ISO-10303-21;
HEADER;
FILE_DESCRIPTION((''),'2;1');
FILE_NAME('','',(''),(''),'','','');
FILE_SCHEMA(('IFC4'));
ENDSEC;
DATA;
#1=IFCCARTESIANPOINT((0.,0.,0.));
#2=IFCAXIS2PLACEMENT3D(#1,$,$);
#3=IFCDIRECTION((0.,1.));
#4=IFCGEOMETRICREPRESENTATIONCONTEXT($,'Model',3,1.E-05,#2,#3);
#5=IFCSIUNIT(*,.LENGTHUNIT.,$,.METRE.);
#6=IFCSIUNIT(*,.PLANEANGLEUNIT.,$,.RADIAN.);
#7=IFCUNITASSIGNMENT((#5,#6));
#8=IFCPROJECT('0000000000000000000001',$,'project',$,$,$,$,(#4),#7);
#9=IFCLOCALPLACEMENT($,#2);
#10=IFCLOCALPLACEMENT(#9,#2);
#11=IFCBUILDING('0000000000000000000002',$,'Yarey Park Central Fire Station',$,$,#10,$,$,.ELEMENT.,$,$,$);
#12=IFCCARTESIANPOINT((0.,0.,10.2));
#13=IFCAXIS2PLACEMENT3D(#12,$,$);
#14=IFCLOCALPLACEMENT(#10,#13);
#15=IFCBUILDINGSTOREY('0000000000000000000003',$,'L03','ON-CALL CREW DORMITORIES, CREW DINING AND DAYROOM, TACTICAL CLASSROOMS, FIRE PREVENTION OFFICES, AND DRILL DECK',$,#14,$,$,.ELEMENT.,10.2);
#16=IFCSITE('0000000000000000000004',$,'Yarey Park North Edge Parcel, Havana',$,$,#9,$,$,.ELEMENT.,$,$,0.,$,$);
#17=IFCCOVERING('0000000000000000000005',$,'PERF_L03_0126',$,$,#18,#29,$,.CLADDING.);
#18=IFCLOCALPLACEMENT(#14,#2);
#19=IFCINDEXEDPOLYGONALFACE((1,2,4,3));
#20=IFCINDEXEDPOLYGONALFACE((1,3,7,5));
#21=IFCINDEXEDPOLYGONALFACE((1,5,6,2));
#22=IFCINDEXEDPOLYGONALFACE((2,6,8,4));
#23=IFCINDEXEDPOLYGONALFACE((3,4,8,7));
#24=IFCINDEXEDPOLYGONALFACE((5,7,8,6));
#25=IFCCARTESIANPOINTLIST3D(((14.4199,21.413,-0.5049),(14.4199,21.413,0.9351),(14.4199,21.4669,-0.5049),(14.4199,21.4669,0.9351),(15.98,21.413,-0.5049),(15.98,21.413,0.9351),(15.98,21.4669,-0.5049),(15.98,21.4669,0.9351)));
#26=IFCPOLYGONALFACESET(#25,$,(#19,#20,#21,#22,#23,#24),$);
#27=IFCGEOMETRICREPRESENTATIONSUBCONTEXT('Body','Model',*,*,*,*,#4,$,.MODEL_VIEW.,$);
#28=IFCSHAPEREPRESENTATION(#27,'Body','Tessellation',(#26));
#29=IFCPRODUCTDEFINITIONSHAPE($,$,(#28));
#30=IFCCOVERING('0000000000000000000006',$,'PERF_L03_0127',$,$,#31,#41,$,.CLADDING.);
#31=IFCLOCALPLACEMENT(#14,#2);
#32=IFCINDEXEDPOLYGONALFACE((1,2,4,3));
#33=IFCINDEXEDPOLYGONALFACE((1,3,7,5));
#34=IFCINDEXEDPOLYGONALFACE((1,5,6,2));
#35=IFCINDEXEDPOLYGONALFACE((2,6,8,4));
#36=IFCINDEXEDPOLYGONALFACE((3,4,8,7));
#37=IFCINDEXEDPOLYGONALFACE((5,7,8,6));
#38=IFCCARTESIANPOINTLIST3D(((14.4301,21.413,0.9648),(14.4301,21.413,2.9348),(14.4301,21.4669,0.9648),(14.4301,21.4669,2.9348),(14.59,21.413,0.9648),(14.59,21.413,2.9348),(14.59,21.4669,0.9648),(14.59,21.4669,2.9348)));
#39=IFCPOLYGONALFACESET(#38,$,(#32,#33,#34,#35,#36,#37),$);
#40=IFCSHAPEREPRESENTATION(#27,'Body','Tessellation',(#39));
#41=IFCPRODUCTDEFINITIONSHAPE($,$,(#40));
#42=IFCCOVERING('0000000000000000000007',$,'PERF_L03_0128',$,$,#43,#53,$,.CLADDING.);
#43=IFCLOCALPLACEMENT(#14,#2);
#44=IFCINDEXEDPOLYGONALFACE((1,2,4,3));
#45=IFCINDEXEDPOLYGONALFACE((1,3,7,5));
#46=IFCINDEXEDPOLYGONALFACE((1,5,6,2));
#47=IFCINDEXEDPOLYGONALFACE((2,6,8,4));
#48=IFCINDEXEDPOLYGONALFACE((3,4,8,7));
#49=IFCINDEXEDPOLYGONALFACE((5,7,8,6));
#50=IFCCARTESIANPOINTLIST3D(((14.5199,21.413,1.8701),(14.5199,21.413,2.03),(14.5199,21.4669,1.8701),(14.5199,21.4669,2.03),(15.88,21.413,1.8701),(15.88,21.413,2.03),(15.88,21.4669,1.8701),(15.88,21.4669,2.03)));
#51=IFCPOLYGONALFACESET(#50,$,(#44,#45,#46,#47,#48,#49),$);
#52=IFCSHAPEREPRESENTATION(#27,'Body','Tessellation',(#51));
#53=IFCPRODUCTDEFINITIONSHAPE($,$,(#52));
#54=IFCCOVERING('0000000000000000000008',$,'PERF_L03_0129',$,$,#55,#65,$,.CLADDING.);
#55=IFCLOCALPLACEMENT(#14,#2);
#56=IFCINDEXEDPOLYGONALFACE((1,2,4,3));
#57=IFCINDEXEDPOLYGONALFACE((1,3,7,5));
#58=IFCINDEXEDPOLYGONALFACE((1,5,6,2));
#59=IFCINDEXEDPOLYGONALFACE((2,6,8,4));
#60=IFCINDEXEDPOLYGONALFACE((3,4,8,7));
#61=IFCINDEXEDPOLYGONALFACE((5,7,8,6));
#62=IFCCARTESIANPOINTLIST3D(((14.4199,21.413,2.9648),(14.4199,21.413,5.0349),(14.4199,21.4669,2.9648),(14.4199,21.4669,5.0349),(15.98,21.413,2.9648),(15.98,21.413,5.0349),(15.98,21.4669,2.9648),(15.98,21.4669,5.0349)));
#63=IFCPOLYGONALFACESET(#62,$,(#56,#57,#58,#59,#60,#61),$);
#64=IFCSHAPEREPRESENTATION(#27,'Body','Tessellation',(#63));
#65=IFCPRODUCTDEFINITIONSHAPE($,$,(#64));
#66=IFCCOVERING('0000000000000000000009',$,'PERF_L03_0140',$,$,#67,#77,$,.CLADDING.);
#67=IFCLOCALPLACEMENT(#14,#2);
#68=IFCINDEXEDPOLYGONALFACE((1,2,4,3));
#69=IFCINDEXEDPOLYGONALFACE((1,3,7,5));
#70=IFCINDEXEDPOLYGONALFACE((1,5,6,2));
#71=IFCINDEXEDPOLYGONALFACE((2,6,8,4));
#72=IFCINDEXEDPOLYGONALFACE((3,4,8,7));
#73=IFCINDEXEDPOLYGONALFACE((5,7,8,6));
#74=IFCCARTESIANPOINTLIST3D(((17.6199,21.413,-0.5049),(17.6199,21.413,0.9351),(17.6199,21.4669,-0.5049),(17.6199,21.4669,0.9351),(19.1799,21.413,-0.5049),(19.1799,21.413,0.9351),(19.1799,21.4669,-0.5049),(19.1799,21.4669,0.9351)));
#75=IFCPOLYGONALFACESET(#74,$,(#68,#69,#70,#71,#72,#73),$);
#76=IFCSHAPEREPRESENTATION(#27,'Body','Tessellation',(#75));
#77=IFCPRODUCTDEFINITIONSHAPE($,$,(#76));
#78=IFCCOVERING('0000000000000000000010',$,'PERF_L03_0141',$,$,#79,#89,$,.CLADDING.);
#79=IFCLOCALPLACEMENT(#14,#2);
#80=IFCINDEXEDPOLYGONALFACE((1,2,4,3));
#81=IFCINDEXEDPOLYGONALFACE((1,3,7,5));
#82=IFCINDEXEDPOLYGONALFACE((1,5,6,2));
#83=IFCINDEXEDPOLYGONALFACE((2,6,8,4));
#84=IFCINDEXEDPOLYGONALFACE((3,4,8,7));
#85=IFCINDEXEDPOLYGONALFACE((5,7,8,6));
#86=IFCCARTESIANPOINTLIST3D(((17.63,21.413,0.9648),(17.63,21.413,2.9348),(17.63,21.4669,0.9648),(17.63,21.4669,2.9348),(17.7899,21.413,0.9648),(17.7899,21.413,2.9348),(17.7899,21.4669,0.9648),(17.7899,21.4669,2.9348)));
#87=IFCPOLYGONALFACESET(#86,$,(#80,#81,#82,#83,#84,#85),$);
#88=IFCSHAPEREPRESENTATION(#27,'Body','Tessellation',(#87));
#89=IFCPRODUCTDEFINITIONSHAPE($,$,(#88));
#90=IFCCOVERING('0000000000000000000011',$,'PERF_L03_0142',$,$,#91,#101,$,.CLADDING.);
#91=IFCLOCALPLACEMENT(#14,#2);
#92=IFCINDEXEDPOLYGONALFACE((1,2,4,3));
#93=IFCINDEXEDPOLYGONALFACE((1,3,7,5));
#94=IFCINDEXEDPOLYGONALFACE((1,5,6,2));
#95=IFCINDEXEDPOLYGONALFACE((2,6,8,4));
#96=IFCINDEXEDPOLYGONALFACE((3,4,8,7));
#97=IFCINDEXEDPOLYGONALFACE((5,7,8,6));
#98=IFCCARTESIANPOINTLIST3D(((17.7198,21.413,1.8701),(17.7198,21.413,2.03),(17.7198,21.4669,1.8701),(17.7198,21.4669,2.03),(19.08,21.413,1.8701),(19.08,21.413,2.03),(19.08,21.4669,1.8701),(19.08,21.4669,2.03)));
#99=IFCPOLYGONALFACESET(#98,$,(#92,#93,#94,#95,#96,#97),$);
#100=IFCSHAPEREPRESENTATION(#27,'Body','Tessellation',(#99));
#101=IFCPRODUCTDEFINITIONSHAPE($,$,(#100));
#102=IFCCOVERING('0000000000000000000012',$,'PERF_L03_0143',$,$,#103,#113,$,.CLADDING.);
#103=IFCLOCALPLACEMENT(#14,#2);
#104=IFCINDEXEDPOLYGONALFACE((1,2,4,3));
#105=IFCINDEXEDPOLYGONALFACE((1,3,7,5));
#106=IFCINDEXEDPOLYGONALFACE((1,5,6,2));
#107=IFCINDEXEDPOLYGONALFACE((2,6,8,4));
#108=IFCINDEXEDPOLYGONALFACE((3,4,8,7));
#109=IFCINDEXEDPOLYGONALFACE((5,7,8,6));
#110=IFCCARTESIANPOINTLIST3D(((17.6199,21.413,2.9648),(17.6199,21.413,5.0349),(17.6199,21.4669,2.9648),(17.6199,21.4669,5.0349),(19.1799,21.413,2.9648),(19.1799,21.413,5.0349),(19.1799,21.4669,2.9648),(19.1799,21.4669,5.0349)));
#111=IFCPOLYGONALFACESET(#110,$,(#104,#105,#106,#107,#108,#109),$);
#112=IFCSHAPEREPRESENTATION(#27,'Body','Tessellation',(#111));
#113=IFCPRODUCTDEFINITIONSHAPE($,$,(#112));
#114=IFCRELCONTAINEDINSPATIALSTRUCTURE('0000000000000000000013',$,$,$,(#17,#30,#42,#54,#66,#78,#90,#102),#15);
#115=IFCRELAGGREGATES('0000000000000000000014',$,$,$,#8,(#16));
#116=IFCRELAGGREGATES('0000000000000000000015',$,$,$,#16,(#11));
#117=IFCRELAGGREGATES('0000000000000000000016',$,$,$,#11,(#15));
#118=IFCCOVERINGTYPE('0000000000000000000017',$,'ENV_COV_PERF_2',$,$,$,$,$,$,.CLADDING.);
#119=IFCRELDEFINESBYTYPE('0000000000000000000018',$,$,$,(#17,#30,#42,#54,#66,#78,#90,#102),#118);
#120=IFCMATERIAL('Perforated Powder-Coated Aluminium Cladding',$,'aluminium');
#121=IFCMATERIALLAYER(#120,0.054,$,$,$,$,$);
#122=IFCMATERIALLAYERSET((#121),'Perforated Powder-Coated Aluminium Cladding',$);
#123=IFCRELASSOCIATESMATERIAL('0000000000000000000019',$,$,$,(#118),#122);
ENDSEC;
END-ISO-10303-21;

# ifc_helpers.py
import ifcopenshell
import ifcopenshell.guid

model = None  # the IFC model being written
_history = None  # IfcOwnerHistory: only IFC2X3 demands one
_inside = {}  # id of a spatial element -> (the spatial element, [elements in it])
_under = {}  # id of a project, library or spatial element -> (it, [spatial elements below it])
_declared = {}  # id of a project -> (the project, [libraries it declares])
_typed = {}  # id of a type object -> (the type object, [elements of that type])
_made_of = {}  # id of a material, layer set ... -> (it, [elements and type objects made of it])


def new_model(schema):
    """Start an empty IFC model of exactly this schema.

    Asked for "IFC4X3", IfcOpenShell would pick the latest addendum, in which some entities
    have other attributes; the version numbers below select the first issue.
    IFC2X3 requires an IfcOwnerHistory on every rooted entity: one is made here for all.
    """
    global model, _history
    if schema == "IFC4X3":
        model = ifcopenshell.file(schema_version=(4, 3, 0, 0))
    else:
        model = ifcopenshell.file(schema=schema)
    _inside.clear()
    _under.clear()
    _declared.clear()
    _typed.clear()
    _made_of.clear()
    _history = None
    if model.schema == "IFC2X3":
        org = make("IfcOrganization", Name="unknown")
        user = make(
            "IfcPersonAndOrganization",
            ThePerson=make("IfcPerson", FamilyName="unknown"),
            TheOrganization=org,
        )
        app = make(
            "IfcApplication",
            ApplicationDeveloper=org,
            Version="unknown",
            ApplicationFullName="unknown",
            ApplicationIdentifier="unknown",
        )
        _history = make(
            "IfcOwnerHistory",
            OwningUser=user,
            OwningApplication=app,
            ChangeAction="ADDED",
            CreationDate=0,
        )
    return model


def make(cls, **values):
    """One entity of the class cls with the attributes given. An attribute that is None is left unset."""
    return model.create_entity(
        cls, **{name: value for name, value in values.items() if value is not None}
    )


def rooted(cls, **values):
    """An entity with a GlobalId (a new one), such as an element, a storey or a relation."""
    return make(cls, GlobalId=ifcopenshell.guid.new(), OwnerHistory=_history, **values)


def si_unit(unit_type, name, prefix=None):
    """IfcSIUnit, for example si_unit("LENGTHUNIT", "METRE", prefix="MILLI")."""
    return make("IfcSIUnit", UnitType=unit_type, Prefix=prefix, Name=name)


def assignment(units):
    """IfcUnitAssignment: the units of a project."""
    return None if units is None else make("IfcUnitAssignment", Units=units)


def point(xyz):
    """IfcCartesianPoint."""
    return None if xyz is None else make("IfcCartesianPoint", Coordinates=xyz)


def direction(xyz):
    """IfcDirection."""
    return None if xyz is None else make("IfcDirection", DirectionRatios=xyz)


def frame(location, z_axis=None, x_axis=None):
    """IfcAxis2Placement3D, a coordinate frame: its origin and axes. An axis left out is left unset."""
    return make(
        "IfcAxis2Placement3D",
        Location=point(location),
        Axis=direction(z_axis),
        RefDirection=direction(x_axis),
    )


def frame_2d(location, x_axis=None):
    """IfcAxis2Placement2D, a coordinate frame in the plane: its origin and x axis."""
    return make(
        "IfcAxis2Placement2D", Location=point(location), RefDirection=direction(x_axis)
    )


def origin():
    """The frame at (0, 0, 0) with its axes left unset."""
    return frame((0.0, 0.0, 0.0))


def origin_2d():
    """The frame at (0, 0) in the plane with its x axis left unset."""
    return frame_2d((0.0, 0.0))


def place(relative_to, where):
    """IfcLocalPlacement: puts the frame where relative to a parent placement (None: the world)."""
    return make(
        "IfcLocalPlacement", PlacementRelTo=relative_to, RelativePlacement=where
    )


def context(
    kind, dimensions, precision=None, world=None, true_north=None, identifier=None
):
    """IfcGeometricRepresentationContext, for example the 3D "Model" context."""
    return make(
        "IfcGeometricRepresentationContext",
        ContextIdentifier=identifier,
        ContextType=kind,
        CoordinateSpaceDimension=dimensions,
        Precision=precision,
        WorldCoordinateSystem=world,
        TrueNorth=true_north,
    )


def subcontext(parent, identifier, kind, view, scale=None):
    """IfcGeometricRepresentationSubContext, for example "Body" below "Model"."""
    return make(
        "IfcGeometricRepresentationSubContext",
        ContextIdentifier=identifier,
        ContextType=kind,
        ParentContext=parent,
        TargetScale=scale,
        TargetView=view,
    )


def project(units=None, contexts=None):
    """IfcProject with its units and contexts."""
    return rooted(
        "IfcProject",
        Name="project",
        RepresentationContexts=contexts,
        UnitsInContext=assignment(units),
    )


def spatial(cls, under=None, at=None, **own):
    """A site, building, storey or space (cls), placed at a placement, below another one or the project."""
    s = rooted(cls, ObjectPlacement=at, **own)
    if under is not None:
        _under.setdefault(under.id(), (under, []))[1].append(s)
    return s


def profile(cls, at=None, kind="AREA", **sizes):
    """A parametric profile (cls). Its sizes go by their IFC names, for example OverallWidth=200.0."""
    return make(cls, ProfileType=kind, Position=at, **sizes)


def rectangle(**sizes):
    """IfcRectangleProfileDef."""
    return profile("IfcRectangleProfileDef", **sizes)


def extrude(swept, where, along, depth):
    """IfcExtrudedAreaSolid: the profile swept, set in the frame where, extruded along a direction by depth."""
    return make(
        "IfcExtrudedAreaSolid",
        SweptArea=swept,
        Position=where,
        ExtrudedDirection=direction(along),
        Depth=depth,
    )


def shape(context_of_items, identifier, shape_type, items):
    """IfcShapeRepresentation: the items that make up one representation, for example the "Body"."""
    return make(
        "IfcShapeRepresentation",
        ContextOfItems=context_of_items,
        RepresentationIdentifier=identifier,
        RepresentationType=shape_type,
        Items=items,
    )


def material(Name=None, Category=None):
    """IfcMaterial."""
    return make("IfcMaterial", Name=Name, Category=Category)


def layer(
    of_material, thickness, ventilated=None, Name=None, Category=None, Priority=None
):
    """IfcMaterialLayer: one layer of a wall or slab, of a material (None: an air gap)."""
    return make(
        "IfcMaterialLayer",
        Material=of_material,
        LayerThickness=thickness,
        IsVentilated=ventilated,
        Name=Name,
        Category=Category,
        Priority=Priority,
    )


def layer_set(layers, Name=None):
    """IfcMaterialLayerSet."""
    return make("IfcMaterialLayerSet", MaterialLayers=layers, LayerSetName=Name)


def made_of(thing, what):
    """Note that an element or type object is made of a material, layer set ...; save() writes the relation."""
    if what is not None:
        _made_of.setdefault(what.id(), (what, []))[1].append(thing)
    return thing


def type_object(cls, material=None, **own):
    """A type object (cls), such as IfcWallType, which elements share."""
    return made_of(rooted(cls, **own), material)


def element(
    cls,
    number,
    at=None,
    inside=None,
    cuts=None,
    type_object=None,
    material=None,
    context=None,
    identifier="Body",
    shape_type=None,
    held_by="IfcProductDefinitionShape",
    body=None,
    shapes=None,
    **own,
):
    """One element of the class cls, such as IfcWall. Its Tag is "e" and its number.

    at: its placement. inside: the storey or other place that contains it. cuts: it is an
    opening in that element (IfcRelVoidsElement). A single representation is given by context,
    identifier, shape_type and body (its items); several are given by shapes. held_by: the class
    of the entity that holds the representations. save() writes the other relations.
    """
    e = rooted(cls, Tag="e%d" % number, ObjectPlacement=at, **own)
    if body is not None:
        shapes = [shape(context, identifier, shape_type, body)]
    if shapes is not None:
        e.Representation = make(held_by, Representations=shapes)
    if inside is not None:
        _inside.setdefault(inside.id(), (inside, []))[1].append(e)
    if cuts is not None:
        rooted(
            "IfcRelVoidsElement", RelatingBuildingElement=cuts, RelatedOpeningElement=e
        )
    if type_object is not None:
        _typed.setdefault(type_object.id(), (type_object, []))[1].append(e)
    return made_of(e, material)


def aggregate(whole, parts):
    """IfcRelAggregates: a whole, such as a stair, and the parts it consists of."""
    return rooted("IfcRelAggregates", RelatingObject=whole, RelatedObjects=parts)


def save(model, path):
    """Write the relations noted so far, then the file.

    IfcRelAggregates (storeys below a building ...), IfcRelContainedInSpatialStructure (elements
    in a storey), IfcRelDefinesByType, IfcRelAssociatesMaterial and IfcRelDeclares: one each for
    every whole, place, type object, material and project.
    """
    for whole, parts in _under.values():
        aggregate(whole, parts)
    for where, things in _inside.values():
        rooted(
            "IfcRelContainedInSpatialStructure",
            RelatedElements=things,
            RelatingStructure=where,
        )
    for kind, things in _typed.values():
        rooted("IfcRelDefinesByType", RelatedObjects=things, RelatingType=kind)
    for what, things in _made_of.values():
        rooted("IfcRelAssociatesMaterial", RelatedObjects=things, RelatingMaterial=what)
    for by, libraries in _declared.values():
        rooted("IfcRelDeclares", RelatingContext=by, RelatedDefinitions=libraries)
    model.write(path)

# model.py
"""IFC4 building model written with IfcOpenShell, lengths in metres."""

from ifc_helpers import new_model, si_unit, direction, frame, origin, origin_2d, place, context, subcontext, project, spatial, rectangle, extrude, material, layer, layer_set, type_object, element, save


model = new_model("IFC4")

# Units and contexts
model_context = context("Model", 3, precision=1e-05, world=origin(), true_north=direction((0.0, 1.0)))
body_context = subcontext(model_context, "Body", "Model", "MODEL_VIEW")
ifc_project = project(units=[si_unit("LENGTHUNIT", "METRE"), si_unit("PLANEANGLEUNIT", "RADIAN")], contexts=[model_context])

# Site, building, storey
site_placement = place(None, origin())
site = spatial("IfcSite", under=ifc_project, at=site_placement, Name="Yarey Park North Edge Parcel, Havana", CompositionType="ELEMENT", RefElevation=0.0)
building_placement = place(site_placement, origin())
building = spatial("IfcBuilding", under=site, at=building_placement, Name="Yarey Park Central Fire Station", CompositionType="ELEMENT")
storey_placement = place(building_placement, frame((0.0, 0.0, 10.2)))
storey = spatial("IfcBuildingStorey", under=building, at=storey_placement, Name="L03", Description="ON-CALL CREW DORMITORIES, CREW DINING AND DAYROOM, TACTICAL CLASSROOMS, FIRE PREVENTION OFFICES, AND DRILL DECK", CompositionType="ELEMENT", Elevation=10.2)

# Coverings
ifc_material_1 = material(Name="Perforated Powder-Coated Aluminium Cladding", Category="aluminium")
ifc_layer_1 = layer(ifc_material_1, 0.054)
ifc_layer_set_1 = layer_set([ifc_layer_1], Name="Perforated Powder-Coated Aluminium Cladding")
covering_type_1 = type_object("IfcCoveringType", Name="ENV_COV_PERF_2", PredefinedType="CLADDING", material=ifc_layer_set_1)
covering_1_placement = place(storey_placement, frame((15.2, 21.4399, -0.5049), z_axis=(0.0, 0.0, 1.0), x_axis=(1.0, 0.0, 0.0)))
element("IfcCovering", 1, at=covering_1_placement, inside=storey, type_object=covering_type_1, Name="PERF_L03_0126", PredefinedType="CLADDING", context=body_context, shape_type="SweptSolid", body=[
    extrude(rectangle(XDim=1.5601, YDim=0.054, at=origin_2d()), origin(), (0.0, 0.0, 1.0), 1.4399),
])
covering_2_placement = place(storey_placement, frame((14.51, 21.4399, 0.9648), z_axis=(0.0, 0.0, 1.0), x_axis=(1.0, 0.0, 0.0)))
element("IfcCovering", 2, at=covering_2_placement, inside=storey, type_object=covering_type_1, Name="PERF_L03_0127", PredefinedType="CLADDING", context=body_context, shape_type="SweptSolid", body=[
    extrude(rectangle(XDim=0.1599, YDim=0.054, at=origin_2d()), origin(), (0.0, 0.0, 1.0), 1.97),
])
covering_3_placement = place(storey_placement, frame((15.2, 21.4399, 1.8701), z_axis=(0.0, 0.0, 1.0), x_axis=(1.0, 0.0, 0.0)))
element("IfcCovering", 3, at=covering_3_placement, inside=storey, type_object=covering_type_1, Name="PERF_L03_0128", PredefinedType="CLADDING", context=body_context, shape_type="SweptSolid", body=[
    extrude(rectangle(XDim=1.3601, YDim=0.054, at=origin_2d()), origin(), (0.0, 0.0, 1.0), 0.1599),
])
covering_4_placement = place(storey_placement, frame((15.2, 21.4399, 2.9648), z_axis=(0.0, 0.0, 1.0), x_axis=(1.0, 0.0, 0.0)))
element("IfcCovering", 4, at=covering_4_placement, inside=storey, type_object=covering_type_1, Name="PERF_L03_0129", PredefinedType="CLADDING", context=body_context, shape_type="SweptSolid", body=[
    extrude(rectangle(XDim=1.5601, YDim=0.054, at=origin_2d()), origin(), (0.0, 0.0, 1.0), 2.0701),
])
covering_5_placement = place(storey_placement, frame((18.3999, 21.4399, -0.5049), z_axis=(0.0, 0.0, 1.0), x_axis=(1.0, 0.0, 0.0)))
element("IfcCovering", 5, at=covering_5_placement, inside=storey, type_object=covering_type_1, Name="PERF_L03_0140", PredefinedType="CLADDING", context=body_context, shape_type="SweptSolid", body=[
    extrude(rectangle(XDim=1.5601, YDim=0.054, at=origin_2d()), origin(), (0.0, 0.0, 1.0), 1.4399),
])
covering_6_placement = place(storey_placement, frame((17.71, 21.4399, 0.9648), z_axis=(0.0, 0.0, 1.0), x_axis=(1.0, 0.0, 0.0)))
element("IfcCovering", 6, at=covering_6_placement, inside=storey, type_object=covering_type_1, Name="PERF_L03_0141", PredefinedType="CLADDING", context=body_context, shape_type="SweptSolid", body=[
    extrude(rectangle(XDim=0.1599, YDim=0.054, at=origin_2d()), origin(), (0.0, 0.0, 1.0), 1.97),
])
covering_7_placement = place(storey_placement, frame((18.3999, 21.4399, 1.8701), z_axis=(0.0, 0.0, 1.0), x_axis=(1.0, 0.0, 0.0)))
element("IfcCovering", 7, at=covering_7_placement, inside=storey, type_object=covering_type_1, Name="PERF_L03_0142", PredefinedType="CLADDING", context=body_context, shape_type="SweptSolid", body=[
    extrude(rectangle(XDim=1.3601, YDim=0.054, at=origin_2d()), origin(), (0.0, 0.0, 1.0), 0.1599),
])
covering_8_placement = place(storey_placement, frame((18.3999, 21.4399, 2.9648), z_axis=(0.0, 0.0, 1.0), x_axis=(1.0, 0.0, 0.0)))
element("IfcCovering", 8, at=covering_8_placement, inside=storey, type_object=covering_type_1, Name="PERF_L03_0143", PredefinedType="CLADDING", context=body_context, shape_type="SweptSolid", body=[
    extrude(rectangle(XDim=1.5601, YDim=0.054, at=origin_2d()), origin(), (0.0, 0.0, 1.0), 2.0701),
])

save(model, "model.ifc")
